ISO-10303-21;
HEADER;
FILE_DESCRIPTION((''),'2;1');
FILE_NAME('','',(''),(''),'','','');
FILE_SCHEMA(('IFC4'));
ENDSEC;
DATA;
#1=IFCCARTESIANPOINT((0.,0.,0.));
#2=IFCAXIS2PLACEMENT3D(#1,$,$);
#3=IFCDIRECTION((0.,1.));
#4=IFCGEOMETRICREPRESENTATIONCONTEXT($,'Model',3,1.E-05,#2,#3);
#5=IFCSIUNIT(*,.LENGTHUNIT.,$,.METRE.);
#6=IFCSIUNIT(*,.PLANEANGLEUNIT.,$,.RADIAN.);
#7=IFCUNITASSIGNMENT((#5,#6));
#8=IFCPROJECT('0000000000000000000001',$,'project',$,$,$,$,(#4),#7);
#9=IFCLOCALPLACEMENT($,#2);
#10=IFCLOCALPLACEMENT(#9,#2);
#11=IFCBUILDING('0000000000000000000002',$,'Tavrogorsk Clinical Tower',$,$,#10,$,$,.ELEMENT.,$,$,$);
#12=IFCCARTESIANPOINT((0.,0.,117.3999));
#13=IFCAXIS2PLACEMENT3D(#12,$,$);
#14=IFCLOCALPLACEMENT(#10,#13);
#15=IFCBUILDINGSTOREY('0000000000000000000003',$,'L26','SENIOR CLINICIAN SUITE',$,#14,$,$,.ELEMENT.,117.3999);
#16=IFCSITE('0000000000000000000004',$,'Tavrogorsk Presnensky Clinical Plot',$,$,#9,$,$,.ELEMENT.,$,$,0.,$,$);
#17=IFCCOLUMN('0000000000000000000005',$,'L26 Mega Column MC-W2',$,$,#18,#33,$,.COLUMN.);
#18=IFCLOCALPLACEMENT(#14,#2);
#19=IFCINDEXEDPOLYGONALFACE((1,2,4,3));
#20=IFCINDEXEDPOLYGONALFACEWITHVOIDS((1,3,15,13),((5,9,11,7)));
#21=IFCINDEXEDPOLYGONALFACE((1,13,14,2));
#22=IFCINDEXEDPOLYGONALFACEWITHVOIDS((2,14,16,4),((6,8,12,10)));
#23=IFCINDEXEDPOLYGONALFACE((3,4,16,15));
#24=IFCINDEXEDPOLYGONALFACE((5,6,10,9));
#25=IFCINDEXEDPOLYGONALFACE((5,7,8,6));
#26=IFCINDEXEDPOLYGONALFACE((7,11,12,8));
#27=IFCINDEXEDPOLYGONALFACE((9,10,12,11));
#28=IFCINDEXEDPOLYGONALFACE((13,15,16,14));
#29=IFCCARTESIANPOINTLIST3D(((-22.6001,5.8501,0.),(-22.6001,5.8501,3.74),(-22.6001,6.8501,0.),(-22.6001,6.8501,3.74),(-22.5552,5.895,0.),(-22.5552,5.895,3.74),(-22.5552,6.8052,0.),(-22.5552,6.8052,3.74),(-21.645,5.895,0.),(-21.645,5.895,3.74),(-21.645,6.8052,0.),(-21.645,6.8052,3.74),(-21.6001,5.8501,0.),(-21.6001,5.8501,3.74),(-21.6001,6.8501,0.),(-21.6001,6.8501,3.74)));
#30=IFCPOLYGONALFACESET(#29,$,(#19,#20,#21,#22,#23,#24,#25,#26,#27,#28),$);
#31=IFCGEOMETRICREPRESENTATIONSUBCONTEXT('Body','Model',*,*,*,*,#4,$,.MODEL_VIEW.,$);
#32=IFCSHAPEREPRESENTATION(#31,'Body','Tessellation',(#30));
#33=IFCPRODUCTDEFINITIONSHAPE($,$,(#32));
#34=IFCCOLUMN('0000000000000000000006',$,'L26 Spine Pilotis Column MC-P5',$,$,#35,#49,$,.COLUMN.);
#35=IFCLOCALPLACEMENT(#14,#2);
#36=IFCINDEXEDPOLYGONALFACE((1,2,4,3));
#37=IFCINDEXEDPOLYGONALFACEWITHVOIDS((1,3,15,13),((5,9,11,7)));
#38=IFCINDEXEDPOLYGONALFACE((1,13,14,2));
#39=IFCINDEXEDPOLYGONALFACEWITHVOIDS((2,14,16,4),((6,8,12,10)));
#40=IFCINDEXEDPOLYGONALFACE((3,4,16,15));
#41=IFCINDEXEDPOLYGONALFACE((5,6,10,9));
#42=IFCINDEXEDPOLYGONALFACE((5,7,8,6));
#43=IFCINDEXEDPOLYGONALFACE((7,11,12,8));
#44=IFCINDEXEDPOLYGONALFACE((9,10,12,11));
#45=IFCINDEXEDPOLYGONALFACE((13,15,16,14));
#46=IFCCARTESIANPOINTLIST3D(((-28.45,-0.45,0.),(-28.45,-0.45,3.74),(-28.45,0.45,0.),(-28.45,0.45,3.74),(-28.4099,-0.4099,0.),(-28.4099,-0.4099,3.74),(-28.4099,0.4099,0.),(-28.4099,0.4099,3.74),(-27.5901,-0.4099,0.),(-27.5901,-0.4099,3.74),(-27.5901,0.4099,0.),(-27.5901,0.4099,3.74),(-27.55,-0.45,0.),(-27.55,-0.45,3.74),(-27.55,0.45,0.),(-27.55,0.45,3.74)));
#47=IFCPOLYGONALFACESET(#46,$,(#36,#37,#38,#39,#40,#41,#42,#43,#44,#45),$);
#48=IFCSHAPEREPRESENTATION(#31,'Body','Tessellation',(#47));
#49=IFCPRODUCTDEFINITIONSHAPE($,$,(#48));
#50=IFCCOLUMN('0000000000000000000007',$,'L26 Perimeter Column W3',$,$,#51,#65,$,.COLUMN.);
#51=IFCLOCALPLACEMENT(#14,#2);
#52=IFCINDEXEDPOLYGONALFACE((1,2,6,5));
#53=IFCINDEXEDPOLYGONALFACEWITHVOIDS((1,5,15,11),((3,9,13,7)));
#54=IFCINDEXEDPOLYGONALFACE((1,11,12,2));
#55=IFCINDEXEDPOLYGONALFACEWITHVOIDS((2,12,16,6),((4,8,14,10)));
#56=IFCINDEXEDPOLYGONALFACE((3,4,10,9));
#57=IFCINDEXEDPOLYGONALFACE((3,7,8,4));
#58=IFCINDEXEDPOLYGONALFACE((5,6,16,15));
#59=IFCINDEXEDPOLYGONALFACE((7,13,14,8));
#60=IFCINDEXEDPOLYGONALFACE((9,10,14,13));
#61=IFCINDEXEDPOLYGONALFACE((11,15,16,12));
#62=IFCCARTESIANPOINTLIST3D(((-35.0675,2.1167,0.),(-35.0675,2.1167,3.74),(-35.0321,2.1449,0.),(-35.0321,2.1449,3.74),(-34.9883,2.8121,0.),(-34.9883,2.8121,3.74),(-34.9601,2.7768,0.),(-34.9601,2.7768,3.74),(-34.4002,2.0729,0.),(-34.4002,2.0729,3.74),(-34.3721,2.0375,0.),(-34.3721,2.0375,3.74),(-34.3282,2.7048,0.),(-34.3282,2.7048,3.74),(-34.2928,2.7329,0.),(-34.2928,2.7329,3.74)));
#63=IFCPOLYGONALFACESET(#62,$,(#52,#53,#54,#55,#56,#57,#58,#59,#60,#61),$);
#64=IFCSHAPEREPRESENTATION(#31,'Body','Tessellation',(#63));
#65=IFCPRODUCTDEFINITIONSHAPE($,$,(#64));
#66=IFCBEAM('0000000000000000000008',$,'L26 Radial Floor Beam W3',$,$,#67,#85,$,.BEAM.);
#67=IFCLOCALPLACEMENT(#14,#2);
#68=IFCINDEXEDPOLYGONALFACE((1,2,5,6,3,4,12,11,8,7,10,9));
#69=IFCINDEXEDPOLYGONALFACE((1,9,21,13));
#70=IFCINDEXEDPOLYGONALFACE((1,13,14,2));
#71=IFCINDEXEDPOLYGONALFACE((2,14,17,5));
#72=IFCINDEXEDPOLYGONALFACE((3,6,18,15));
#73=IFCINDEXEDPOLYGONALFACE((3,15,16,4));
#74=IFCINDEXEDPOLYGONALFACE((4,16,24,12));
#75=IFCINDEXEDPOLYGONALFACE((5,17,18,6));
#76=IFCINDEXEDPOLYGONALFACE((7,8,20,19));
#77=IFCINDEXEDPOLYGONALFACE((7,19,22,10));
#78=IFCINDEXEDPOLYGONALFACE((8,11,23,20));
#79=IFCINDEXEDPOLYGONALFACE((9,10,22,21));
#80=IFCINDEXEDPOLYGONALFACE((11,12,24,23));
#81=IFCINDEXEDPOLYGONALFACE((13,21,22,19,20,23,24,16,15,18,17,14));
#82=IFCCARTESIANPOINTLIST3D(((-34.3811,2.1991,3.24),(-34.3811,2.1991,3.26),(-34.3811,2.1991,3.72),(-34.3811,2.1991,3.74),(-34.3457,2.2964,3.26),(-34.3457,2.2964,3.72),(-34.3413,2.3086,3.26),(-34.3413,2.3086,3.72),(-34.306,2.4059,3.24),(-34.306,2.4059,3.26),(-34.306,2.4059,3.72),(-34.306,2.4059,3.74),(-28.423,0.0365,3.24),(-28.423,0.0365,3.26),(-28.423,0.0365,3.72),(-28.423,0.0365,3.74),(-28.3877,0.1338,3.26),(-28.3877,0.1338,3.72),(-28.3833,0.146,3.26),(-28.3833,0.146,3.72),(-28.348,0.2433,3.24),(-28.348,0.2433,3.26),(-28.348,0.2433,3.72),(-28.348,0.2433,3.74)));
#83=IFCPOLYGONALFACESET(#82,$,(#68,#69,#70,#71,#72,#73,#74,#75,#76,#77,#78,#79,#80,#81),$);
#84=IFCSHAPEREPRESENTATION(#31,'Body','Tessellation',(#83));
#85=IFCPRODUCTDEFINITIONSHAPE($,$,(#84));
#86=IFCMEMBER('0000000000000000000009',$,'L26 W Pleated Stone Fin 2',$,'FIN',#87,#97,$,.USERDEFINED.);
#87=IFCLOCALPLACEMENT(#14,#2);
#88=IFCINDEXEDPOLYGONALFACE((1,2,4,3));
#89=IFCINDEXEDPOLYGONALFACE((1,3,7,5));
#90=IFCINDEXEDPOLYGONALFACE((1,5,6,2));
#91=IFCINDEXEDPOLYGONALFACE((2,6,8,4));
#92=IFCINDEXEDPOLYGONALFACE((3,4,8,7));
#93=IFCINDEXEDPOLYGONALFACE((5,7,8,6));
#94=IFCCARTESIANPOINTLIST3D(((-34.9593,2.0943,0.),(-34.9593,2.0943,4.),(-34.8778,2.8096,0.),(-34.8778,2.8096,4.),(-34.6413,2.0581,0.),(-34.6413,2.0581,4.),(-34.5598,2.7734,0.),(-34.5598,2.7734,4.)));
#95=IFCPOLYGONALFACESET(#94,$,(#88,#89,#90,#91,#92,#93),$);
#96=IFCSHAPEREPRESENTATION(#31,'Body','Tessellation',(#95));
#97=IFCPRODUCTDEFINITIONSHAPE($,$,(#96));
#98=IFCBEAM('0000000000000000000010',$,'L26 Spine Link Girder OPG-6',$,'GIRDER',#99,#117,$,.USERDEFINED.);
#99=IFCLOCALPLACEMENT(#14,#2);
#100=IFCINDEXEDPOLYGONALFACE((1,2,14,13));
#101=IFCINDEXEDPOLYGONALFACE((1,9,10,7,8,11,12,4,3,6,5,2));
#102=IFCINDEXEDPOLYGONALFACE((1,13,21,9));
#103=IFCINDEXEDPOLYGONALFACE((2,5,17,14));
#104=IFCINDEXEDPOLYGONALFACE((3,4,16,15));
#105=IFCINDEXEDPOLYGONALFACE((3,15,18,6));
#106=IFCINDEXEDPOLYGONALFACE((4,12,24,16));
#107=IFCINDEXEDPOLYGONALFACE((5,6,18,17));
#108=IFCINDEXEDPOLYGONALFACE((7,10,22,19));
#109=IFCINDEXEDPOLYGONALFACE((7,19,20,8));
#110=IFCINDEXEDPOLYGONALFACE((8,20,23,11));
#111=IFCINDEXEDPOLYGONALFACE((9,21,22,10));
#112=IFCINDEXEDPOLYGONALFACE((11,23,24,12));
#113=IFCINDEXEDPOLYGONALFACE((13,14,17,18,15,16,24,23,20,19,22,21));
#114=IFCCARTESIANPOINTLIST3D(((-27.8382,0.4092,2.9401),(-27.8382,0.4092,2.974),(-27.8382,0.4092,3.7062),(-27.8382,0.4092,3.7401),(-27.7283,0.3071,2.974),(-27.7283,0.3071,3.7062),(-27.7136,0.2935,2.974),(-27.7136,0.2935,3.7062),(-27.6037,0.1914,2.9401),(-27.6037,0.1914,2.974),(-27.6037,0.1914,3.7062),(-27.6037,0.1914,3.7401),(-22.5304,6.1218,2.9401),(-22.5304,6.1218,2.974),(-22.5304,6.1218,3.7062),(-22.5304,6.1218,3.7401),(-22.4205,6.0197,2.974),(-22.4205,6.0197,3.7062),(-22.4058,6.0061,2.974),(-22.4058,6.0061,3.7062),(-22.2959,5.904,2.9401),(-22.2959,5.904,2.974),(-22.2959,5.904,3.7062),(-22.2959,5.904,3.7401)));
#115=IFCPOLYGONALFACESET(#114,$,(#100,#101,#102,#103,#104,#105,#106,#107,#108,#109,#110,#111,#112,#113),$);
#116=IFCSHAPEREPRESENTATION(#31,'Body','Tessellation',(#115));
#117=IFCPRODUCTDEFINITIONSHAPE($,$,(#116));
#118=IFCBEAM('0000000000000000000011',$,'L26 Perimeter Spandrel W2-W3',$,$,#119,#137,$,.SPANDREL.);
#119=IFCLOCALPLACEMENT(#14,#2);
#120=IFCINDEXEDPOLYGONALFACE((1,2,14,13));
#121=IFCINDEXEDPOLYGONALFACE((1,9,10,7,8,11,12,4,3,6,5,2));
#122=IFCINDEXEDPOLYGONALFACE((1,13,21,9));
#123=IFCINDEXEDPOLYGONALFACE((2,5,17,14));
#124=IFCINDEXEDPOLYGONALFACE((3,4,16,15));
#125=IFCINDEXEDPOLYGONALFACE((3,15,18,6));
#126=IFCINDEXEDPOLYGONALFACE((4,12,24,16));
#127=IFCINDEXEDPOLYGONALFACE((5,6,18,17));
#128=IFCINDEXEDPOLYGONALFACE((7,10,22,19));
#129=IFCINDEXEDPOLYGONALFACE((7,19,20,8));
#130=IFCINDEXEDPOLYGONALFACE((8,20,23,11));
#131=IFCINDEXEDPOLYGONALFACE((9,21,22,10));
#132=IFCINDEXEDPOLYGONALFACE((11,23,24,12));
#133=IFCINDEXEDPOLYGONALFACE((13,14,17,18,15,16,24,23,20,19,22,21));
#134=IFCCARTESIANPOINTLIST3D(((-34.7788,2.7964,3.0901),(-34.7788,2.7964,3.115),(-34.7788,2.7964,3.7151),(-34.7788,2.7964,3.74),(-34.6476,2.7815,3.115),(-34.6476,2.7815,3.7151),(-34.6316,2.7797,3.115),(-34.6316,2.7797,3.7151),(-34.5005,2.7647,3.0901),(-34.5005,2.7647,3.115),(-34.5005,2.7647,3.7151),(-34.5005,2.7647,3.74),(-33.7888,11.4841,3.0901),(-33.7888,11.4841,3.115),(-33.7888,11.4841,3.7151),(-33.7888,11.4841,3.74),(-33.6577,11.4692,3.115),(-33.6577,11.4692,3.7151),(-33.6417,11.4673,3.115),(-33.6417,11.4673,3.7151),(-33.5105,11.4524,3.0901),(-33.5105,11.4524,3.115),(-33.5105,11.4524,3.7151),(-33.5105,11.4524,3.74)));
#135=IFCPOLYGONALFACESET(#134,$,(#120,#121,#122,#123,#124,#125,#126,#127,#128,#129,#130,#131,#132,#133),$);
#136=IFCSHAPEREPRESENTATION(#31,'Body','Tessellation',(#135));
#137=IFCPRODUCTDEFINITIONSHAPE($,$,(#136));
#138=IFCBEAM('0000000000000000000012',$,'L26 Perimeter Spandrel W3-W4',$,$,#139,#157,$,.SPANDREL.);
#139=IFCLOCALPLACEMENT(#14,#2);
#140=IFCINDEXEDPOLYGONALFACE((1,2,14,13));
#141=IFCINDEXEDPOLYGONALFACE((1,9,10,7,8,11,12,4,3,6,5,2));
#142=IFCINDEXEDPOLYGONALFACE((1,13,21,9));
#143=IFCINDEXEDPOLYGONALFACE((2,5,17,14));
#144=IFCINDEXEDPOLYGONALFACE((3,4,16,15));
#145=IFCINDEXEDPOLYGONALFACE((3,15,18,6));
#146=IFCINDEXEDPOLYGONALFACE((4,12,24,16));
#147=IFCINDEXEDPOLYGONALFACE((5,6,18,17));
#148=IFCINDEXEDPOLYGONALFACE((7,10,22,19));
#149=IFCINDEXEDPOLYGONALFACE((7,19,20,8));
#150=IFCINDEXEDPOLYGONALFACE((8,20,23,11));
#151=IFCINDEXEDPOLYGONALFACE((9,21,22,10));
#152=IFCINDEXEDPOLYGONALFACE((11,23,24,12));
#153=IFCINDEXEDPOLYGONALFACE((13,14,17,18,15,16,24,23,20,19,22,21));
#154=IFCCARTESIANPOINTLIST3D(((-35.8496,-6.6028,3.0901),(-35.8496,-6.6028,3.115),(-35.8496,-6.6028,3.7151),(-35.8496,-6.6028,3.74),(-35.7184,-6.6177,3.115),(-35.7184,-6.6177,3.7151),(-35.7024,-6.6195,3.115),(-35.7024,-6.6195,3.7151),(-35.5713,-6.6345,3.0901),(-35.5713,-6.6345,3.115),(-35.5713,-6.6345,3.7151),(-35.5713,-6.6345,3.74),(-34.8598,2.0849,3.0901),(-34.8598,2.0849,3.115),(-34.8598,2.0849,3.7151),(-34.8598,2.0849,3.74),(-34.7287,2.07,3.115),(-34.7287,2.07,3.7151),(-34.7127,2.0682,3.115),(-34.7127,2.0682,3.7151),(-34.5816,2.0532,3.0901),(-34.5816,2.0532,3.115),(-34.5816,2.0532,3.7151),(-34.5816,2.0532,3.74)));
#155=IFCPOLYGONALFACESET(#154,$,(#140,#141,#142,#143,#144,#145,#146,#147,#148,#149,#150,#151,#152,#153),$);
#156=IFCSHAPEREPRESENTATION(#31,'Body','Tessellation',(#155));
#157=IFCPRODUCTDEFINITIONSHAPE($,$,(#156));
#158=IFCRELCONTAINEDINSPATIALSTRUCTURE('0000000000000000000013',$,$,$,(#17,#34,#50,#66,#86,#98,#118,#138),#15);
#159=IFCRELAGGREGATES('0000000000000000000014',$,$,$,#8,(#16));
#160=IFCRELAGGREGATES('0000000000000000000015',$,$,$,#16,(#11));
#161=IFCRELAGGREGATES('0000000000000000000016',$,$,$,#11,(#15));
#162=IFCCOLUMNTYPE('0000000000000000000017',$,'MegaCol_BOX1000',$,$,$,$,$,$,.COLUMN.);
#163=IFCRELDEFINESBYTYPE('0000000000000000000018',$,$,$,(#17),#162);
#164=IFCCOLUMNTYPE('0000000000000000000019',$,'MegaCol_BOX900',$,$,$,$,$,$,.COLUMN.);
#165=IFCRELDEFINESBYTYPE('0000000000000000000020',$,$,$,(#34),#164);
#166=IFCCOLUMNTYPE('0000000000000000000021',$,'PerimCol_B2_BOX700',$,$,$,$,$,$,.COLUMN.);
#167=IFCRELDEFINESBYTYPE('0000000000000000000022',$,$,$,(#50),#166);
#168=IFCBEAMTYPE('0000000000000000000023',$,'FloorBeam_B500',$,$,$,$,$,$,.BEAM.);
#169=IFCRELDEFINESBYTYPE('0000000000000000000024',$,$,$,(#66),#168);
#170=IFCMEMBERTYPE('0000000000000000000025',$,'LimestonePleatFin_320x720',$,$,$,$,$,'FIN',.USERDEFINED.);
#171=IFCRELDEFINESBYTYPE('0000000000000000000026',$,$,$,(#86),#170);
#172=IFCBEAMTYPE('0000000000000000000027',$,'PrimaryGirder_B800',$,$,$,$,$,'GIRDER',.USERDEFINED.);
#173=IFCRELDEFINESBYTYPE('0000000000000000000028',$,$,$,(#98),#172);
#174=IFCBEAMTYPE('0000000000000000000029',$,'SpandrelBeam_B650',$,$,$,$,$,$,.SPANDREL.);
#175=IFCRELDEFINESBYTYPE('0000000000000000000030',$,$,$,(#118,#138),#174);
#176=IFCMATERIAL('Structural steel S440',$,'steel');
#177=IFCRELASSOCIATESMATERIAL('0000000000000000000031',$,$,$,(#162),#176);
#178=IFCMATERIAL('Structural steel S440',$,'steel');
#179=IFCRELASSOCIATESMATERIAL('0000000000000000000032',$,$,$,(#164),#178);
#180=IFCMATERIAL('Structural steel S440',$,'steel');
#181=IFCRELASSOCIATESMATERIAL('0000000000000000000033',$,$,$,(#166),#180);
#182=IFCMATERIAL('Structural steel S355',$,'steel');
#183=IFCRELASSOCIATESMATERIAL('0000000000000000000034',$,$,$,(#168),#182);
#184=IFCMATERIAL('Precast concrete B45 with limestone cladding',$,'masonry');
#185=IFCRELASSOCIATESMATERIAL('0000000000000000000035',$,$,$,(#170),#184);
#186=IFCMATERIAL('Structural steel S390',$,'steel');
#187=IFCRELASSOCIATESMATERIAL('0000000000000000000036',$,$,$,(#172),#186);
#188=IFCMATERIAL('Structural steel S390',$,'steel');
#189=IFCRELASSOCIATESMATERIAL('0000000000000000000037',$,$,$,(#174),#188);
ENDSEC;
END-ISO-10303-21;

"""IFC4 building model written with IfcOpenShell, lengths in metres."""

from ifc_helpers import new_model, si_unit, direction, frame, origin, origin_2d, place, context, subcontext, project, spatial, rectangle, hollow_rectangle, i_section, extrude, material, material_profile, profile_set, type_object, element, save


model = new_model("IFC4")

# Units and contexts
model_context = context("Model", 3, precision=1e-05, world=origin(), true_north=direction((0.0, 1.0)))
body_context = subcontext(model_context, "Body", "Model", "MODEL_VIEW")
ifc_project = project(units=[si_unit("LENGTHUNIT", "METRE"), si_unit("PLANEANGLEUNIT", "RADIAN")], contexts=[model_context])

# Site, building, storey
site_placement = place(None, origin())
site = spatial("IfcSite", under=ifc_project, at=site_placement, Name="Tavrogorsk Presnensky Clinical Plot", CompositionType="ELEMENT", RefElevation=0.0)
building_placement = place(site_placement, origin())
building = spatial("IfcBuilding", under=site, at=building_placement, Name="Tavrogorsk Clinical Tower", CompositionType="ELEMENT")
storey_placement = place(building_placement, frame((0.0, 0.0, 117.3999)))
storey = spatial("IfcBuildingStorey", under=building, at=storey_placement, Name="L26", Description="SENIOR CLINICIAN SUITE", CompositionType="ELEMENT", Elevation=117.3999)

# Columns
ifc_material_1 = material(Name="Structural steel S440", Category="steel")
ifc_material_profile_1 = material_profile(ifc_material_1, hollow_rectangle(XDim=1.0, YDim=1.0, WallThickness=0.0449, at=origin_2d()), Name="BOX-1000x1000x45")
ifc_profile_set_1 = profile_set([ifc_material_profile_1], Name="Structural steel S440")
column_type_1 = type_object("IfcColumnType", Name="MegaCol_BOX1000", PredefinedType="COLUMN", material=ifc_profile_set_1)
column_1_placement = place(storey_placement, frame((-22.1001, 6.3501, 0.0), z_axis=(0.0, 0.0, 1.0), x_axis=(1.0, 0.0, 0.0)))
element("IfcColumn", 1, at=column_1_placement, inside=storey, type_object=column_type_1, Name="L26 Mega Column MC-W2", PredefinedType="COLUMN", context=body_context, shape_type="SweptSolid", body=[
    extrude(hollow_rectangle(XDim=1.0, YDim=1.0, WallThickness=0.0449, at=origin_2d()), origin(), (0.0, 0.0, 1.0), 3.74),
])
ifc_material_2 = material(Name="Structural steel S440", Category="steel")
ifc_material_profile_2 = material_profile(ifc_material_2, hollow_rectangle(XDim=0.8999, YDim=0.8999, WallThickness=0.04, at=origin_2d()), Name="BOX-900x900x40")
ifc_profile_set_2 = profile_set([ifc_material_profile_2], Name="Structural steel S440")
column_type_2 = type_object("IfcColumnType", Name="MegaCol_BOX900", PredefinedType="COLUMN", material=ifc_profile_set_2)
column_2_placement = place(storey_placement, frame((-28.0, 0.0, 0.0), z_axis=(0.0, 0.0, 1.0), x_axis=(1.0, 0.0, 0.0)))
element("IfcColumn", 2, at=column_2_placement, inside=storey, type_object=column_type_2, Name="L26 Spine Pilotis Column MC-P5", PredefinedType="COLUMN", context=body_context, shape_type="SweptSolid", body=[
    extrude(hollow_rectangle(XDim=0.8999, YDim=0.8999, WallThickness=0.04, at=origin_2d()), origin(), (0.0, 0.0, 1.0), 3.74),
])
ifc_material_3 = material(Name="Structural steel S440", Category="steel")
ifc_material_profile_3 = material_profile(ifc_material_3, hollow_rectangle(XDim=0.7, YDim=0.7, WallThickness=0.032, at=origin_2d()), Name="BOX-700x700x32")
ifc_profile_set_3 = profile_set([ifc_material_profile_3], Name="Structural steel S440")
column_type_3 = type_object("IfcColumnType", Name="PerimCol_B2_BOX700", PredefinedType="COLUMN", material=ifc_profile_set_3)
column_3_placement = place(storey_placement, frame((-34.6802, 2.4248, 0.0), z_axis=(0.0, 0.0, 1.0), x_axis=(0.993572, -0.113203, 0.0)))
element("IfcColumn", 3, at=column_3_placement, inside=storey, type_object=column_type_3, Name="L26 Perimeter Column W3", PredefinedType="COLUMN", context=body_context, shape_type="SweptSolid", body=[
    extrude(hollow_rectangle(XDim=0.7, YDim=0.7, WallThickness=0.032, at=origin_2d()), origin(), (0.0, 0.0, 1.0), 3.74),
])

# Beam
ifc_material_4 = material(Name="Structural steel S355", Category="steel")
ifc_material_profile_4 = material_profile(ifc_material_4, i_section(OverallWidth=0.22, OverallDepth=0.5, WebThickness=0.0129, FlangeThickness=0.02, at=origin_2d()), Name="B-500x220x13x20")
ifc_profile_set_4 = profile_set([ifc_material_profile_4], Name="Structural steel S355")
beam_type_1 = type_object("IfcBeamType", Name="FloorBeam_B500", PredefinedType="BEAM", material=ifc_profile_set_4)
beam_1_placement = place(storey_placement, frame((-28.3855, 0.1399, 3.49), z_axis=(-0.939993, 0.341193, 0.0), x_axis=(-0.341193, -0.939993, 0.0)))
element("IfcBeam", 4, at=beam_1_placement, inside=storey, type_object=beam_type_1, Name="L26 Radial Floor Beam W3", PredefinedType="BEAM", context=body_context, shape_type="SweptSolid", body=[
    extrude(i_section(OverallWidth=0.22, OverallDepth=0.5, WebThickness=0.0129, FlangeThickness=0.02, at=origin_2d()), origin(), (0.0, 0.0, 1.0), 6.3384),
])

# Member
ifc_material_5 = material(Name="Precast concrete B45 with limestone cladding", Category="masonry")
ifc_material_profile_5 = material_profile(ifc_material_5, rectangle(XDim=0.3201, YDim=0.72, at=origin_2d()), Name="LIMESTONE-FIN-320x720")
ifc_profile_set_5 = profile_set([ifc_material_profile_5], Name="Precast concrete B45 with limestone cladding")
member_type = type_object("IfcMemberType", Name="LimestonePleatFin_320x720", ElementType="FIN", PredefinedType="USERDEFINED", material=ifc_profile_set_5)
member_placement = place(storey_placement, frame((-34.7595, 2.4338, 0.0), z_axis=(0.0, 0.0, 1.0), x_axis=(0.993572, -0.113203, 0.0)))
element("IfcMember", 5, at=member_placement, inside=storey, type_object=member_type, Name="L26 W Pleated Stone Fin 2", ObjectType="FIN", PredefinedType="USERDEFINED", context=body_context, shape_type="SweptSolid", body=[
    extrude(rectangle(XDim=0.3201, YDim=0.72, at=origin_2d()), origin(), (0.0, 0.0, 1.0), 4.0),
])

# Beams
ifc_material_6 = material(Name="Structural steel S390", Category="steel")
ifc_material_profile_6 = material_profile(ifc_material_6, i_section(OverallWidth=0.3201, OverallDepth=0.8, WebThickness=0.02, FlangeThickness=0.0339, at=origin_2d()), Name="B-800x320x20x34")
ifc_profile_set_6 = profile_set([ifc_material_profile_6], Name="Structural steel S390")
beam_type_2 = type_object("IfcBeamType", Name="PrimaryGirder_B800", ElementType="GIRDER", PredefinedType="USERDEFINED", material=ifc_profile_set_6)
beam_2_placement = place(storey_placement, frame((-27.7209, 0.3003, 3.3401), z_axis=(0.680676, 0.732585, 0.0), x_axis=(-0.732585, 0.680676, 0.0)))
element("IfcBeam", 6, at=beam_2_placement, inside=storey, type_object=beam_type_2, Name="L26 Spine Link Girder OPG-6", ObjectType="GIRDER", PredefinedType="USERDEFINED", context=body_context, shape_type="SweptSolid", body=[
    extrude(i_section(OverallWidth=0.3201, OverallDepth=0.8, WebThickness=0.02, FlangeThickness=0.0339, at=origin_2d()), origin(), (0.0, 0.0, 1.0), 7.7979),
])
ifc_material_7 = material(Name="Structural steel S390", Category="steel")
ifc_material_profile_7 = material_profile(ifc_material_7, i_section(OverallWidth=0.28, OverallDepth=0.6499, WebThickness=0.0161, FlangeThickness=0.0249, at=origin_2d()), Name="B-650x280x16x25")
ifc_profile_set_7 = profile_set([ifc_material_profile_7], Name="Structural steel S390")
beam_type_3 = type_object("IfcBeamType", Name="SpandrelBeam_B650", PredefinedType="SPANDREL", material=ifc_profile_set_7)
for number, where, z_axis, x_axis, name in (
    (7, (-33.6497, 11.4683, 3.415), (-0.11322, -0.99357, 0.0), (0.99357, -0.11322, 0.0), "L26 Perimeter Spandrel W2-W3"),
    (8, (-34.7207, 2.0691, 3.415), (-0.113192, -0.993573, 0.0), (0.993573, -0.113192, 0.0), "L26 Perimeter Spandrel W3-W4"),
):
    element("IfcBeam", number, at=place(storey_placement, frame(where, z_axis=z_axis, x_axis=x_axis)), inside=storey, type_object=beam_type_3, Name=name, PredefinedType="SPANDREL", context=body_context, shape_type="SweptSolid", body=[
        extrude(i_section(OverallWidth=0.28, OverallDepth=0.6499, WebThickness=0.0161, FlangeThickness=0.0249, at=origin_2d()), origin(), (0.0, 0.0, 1.0), 8.7439),
    ])

save(model, "model.ifc")
